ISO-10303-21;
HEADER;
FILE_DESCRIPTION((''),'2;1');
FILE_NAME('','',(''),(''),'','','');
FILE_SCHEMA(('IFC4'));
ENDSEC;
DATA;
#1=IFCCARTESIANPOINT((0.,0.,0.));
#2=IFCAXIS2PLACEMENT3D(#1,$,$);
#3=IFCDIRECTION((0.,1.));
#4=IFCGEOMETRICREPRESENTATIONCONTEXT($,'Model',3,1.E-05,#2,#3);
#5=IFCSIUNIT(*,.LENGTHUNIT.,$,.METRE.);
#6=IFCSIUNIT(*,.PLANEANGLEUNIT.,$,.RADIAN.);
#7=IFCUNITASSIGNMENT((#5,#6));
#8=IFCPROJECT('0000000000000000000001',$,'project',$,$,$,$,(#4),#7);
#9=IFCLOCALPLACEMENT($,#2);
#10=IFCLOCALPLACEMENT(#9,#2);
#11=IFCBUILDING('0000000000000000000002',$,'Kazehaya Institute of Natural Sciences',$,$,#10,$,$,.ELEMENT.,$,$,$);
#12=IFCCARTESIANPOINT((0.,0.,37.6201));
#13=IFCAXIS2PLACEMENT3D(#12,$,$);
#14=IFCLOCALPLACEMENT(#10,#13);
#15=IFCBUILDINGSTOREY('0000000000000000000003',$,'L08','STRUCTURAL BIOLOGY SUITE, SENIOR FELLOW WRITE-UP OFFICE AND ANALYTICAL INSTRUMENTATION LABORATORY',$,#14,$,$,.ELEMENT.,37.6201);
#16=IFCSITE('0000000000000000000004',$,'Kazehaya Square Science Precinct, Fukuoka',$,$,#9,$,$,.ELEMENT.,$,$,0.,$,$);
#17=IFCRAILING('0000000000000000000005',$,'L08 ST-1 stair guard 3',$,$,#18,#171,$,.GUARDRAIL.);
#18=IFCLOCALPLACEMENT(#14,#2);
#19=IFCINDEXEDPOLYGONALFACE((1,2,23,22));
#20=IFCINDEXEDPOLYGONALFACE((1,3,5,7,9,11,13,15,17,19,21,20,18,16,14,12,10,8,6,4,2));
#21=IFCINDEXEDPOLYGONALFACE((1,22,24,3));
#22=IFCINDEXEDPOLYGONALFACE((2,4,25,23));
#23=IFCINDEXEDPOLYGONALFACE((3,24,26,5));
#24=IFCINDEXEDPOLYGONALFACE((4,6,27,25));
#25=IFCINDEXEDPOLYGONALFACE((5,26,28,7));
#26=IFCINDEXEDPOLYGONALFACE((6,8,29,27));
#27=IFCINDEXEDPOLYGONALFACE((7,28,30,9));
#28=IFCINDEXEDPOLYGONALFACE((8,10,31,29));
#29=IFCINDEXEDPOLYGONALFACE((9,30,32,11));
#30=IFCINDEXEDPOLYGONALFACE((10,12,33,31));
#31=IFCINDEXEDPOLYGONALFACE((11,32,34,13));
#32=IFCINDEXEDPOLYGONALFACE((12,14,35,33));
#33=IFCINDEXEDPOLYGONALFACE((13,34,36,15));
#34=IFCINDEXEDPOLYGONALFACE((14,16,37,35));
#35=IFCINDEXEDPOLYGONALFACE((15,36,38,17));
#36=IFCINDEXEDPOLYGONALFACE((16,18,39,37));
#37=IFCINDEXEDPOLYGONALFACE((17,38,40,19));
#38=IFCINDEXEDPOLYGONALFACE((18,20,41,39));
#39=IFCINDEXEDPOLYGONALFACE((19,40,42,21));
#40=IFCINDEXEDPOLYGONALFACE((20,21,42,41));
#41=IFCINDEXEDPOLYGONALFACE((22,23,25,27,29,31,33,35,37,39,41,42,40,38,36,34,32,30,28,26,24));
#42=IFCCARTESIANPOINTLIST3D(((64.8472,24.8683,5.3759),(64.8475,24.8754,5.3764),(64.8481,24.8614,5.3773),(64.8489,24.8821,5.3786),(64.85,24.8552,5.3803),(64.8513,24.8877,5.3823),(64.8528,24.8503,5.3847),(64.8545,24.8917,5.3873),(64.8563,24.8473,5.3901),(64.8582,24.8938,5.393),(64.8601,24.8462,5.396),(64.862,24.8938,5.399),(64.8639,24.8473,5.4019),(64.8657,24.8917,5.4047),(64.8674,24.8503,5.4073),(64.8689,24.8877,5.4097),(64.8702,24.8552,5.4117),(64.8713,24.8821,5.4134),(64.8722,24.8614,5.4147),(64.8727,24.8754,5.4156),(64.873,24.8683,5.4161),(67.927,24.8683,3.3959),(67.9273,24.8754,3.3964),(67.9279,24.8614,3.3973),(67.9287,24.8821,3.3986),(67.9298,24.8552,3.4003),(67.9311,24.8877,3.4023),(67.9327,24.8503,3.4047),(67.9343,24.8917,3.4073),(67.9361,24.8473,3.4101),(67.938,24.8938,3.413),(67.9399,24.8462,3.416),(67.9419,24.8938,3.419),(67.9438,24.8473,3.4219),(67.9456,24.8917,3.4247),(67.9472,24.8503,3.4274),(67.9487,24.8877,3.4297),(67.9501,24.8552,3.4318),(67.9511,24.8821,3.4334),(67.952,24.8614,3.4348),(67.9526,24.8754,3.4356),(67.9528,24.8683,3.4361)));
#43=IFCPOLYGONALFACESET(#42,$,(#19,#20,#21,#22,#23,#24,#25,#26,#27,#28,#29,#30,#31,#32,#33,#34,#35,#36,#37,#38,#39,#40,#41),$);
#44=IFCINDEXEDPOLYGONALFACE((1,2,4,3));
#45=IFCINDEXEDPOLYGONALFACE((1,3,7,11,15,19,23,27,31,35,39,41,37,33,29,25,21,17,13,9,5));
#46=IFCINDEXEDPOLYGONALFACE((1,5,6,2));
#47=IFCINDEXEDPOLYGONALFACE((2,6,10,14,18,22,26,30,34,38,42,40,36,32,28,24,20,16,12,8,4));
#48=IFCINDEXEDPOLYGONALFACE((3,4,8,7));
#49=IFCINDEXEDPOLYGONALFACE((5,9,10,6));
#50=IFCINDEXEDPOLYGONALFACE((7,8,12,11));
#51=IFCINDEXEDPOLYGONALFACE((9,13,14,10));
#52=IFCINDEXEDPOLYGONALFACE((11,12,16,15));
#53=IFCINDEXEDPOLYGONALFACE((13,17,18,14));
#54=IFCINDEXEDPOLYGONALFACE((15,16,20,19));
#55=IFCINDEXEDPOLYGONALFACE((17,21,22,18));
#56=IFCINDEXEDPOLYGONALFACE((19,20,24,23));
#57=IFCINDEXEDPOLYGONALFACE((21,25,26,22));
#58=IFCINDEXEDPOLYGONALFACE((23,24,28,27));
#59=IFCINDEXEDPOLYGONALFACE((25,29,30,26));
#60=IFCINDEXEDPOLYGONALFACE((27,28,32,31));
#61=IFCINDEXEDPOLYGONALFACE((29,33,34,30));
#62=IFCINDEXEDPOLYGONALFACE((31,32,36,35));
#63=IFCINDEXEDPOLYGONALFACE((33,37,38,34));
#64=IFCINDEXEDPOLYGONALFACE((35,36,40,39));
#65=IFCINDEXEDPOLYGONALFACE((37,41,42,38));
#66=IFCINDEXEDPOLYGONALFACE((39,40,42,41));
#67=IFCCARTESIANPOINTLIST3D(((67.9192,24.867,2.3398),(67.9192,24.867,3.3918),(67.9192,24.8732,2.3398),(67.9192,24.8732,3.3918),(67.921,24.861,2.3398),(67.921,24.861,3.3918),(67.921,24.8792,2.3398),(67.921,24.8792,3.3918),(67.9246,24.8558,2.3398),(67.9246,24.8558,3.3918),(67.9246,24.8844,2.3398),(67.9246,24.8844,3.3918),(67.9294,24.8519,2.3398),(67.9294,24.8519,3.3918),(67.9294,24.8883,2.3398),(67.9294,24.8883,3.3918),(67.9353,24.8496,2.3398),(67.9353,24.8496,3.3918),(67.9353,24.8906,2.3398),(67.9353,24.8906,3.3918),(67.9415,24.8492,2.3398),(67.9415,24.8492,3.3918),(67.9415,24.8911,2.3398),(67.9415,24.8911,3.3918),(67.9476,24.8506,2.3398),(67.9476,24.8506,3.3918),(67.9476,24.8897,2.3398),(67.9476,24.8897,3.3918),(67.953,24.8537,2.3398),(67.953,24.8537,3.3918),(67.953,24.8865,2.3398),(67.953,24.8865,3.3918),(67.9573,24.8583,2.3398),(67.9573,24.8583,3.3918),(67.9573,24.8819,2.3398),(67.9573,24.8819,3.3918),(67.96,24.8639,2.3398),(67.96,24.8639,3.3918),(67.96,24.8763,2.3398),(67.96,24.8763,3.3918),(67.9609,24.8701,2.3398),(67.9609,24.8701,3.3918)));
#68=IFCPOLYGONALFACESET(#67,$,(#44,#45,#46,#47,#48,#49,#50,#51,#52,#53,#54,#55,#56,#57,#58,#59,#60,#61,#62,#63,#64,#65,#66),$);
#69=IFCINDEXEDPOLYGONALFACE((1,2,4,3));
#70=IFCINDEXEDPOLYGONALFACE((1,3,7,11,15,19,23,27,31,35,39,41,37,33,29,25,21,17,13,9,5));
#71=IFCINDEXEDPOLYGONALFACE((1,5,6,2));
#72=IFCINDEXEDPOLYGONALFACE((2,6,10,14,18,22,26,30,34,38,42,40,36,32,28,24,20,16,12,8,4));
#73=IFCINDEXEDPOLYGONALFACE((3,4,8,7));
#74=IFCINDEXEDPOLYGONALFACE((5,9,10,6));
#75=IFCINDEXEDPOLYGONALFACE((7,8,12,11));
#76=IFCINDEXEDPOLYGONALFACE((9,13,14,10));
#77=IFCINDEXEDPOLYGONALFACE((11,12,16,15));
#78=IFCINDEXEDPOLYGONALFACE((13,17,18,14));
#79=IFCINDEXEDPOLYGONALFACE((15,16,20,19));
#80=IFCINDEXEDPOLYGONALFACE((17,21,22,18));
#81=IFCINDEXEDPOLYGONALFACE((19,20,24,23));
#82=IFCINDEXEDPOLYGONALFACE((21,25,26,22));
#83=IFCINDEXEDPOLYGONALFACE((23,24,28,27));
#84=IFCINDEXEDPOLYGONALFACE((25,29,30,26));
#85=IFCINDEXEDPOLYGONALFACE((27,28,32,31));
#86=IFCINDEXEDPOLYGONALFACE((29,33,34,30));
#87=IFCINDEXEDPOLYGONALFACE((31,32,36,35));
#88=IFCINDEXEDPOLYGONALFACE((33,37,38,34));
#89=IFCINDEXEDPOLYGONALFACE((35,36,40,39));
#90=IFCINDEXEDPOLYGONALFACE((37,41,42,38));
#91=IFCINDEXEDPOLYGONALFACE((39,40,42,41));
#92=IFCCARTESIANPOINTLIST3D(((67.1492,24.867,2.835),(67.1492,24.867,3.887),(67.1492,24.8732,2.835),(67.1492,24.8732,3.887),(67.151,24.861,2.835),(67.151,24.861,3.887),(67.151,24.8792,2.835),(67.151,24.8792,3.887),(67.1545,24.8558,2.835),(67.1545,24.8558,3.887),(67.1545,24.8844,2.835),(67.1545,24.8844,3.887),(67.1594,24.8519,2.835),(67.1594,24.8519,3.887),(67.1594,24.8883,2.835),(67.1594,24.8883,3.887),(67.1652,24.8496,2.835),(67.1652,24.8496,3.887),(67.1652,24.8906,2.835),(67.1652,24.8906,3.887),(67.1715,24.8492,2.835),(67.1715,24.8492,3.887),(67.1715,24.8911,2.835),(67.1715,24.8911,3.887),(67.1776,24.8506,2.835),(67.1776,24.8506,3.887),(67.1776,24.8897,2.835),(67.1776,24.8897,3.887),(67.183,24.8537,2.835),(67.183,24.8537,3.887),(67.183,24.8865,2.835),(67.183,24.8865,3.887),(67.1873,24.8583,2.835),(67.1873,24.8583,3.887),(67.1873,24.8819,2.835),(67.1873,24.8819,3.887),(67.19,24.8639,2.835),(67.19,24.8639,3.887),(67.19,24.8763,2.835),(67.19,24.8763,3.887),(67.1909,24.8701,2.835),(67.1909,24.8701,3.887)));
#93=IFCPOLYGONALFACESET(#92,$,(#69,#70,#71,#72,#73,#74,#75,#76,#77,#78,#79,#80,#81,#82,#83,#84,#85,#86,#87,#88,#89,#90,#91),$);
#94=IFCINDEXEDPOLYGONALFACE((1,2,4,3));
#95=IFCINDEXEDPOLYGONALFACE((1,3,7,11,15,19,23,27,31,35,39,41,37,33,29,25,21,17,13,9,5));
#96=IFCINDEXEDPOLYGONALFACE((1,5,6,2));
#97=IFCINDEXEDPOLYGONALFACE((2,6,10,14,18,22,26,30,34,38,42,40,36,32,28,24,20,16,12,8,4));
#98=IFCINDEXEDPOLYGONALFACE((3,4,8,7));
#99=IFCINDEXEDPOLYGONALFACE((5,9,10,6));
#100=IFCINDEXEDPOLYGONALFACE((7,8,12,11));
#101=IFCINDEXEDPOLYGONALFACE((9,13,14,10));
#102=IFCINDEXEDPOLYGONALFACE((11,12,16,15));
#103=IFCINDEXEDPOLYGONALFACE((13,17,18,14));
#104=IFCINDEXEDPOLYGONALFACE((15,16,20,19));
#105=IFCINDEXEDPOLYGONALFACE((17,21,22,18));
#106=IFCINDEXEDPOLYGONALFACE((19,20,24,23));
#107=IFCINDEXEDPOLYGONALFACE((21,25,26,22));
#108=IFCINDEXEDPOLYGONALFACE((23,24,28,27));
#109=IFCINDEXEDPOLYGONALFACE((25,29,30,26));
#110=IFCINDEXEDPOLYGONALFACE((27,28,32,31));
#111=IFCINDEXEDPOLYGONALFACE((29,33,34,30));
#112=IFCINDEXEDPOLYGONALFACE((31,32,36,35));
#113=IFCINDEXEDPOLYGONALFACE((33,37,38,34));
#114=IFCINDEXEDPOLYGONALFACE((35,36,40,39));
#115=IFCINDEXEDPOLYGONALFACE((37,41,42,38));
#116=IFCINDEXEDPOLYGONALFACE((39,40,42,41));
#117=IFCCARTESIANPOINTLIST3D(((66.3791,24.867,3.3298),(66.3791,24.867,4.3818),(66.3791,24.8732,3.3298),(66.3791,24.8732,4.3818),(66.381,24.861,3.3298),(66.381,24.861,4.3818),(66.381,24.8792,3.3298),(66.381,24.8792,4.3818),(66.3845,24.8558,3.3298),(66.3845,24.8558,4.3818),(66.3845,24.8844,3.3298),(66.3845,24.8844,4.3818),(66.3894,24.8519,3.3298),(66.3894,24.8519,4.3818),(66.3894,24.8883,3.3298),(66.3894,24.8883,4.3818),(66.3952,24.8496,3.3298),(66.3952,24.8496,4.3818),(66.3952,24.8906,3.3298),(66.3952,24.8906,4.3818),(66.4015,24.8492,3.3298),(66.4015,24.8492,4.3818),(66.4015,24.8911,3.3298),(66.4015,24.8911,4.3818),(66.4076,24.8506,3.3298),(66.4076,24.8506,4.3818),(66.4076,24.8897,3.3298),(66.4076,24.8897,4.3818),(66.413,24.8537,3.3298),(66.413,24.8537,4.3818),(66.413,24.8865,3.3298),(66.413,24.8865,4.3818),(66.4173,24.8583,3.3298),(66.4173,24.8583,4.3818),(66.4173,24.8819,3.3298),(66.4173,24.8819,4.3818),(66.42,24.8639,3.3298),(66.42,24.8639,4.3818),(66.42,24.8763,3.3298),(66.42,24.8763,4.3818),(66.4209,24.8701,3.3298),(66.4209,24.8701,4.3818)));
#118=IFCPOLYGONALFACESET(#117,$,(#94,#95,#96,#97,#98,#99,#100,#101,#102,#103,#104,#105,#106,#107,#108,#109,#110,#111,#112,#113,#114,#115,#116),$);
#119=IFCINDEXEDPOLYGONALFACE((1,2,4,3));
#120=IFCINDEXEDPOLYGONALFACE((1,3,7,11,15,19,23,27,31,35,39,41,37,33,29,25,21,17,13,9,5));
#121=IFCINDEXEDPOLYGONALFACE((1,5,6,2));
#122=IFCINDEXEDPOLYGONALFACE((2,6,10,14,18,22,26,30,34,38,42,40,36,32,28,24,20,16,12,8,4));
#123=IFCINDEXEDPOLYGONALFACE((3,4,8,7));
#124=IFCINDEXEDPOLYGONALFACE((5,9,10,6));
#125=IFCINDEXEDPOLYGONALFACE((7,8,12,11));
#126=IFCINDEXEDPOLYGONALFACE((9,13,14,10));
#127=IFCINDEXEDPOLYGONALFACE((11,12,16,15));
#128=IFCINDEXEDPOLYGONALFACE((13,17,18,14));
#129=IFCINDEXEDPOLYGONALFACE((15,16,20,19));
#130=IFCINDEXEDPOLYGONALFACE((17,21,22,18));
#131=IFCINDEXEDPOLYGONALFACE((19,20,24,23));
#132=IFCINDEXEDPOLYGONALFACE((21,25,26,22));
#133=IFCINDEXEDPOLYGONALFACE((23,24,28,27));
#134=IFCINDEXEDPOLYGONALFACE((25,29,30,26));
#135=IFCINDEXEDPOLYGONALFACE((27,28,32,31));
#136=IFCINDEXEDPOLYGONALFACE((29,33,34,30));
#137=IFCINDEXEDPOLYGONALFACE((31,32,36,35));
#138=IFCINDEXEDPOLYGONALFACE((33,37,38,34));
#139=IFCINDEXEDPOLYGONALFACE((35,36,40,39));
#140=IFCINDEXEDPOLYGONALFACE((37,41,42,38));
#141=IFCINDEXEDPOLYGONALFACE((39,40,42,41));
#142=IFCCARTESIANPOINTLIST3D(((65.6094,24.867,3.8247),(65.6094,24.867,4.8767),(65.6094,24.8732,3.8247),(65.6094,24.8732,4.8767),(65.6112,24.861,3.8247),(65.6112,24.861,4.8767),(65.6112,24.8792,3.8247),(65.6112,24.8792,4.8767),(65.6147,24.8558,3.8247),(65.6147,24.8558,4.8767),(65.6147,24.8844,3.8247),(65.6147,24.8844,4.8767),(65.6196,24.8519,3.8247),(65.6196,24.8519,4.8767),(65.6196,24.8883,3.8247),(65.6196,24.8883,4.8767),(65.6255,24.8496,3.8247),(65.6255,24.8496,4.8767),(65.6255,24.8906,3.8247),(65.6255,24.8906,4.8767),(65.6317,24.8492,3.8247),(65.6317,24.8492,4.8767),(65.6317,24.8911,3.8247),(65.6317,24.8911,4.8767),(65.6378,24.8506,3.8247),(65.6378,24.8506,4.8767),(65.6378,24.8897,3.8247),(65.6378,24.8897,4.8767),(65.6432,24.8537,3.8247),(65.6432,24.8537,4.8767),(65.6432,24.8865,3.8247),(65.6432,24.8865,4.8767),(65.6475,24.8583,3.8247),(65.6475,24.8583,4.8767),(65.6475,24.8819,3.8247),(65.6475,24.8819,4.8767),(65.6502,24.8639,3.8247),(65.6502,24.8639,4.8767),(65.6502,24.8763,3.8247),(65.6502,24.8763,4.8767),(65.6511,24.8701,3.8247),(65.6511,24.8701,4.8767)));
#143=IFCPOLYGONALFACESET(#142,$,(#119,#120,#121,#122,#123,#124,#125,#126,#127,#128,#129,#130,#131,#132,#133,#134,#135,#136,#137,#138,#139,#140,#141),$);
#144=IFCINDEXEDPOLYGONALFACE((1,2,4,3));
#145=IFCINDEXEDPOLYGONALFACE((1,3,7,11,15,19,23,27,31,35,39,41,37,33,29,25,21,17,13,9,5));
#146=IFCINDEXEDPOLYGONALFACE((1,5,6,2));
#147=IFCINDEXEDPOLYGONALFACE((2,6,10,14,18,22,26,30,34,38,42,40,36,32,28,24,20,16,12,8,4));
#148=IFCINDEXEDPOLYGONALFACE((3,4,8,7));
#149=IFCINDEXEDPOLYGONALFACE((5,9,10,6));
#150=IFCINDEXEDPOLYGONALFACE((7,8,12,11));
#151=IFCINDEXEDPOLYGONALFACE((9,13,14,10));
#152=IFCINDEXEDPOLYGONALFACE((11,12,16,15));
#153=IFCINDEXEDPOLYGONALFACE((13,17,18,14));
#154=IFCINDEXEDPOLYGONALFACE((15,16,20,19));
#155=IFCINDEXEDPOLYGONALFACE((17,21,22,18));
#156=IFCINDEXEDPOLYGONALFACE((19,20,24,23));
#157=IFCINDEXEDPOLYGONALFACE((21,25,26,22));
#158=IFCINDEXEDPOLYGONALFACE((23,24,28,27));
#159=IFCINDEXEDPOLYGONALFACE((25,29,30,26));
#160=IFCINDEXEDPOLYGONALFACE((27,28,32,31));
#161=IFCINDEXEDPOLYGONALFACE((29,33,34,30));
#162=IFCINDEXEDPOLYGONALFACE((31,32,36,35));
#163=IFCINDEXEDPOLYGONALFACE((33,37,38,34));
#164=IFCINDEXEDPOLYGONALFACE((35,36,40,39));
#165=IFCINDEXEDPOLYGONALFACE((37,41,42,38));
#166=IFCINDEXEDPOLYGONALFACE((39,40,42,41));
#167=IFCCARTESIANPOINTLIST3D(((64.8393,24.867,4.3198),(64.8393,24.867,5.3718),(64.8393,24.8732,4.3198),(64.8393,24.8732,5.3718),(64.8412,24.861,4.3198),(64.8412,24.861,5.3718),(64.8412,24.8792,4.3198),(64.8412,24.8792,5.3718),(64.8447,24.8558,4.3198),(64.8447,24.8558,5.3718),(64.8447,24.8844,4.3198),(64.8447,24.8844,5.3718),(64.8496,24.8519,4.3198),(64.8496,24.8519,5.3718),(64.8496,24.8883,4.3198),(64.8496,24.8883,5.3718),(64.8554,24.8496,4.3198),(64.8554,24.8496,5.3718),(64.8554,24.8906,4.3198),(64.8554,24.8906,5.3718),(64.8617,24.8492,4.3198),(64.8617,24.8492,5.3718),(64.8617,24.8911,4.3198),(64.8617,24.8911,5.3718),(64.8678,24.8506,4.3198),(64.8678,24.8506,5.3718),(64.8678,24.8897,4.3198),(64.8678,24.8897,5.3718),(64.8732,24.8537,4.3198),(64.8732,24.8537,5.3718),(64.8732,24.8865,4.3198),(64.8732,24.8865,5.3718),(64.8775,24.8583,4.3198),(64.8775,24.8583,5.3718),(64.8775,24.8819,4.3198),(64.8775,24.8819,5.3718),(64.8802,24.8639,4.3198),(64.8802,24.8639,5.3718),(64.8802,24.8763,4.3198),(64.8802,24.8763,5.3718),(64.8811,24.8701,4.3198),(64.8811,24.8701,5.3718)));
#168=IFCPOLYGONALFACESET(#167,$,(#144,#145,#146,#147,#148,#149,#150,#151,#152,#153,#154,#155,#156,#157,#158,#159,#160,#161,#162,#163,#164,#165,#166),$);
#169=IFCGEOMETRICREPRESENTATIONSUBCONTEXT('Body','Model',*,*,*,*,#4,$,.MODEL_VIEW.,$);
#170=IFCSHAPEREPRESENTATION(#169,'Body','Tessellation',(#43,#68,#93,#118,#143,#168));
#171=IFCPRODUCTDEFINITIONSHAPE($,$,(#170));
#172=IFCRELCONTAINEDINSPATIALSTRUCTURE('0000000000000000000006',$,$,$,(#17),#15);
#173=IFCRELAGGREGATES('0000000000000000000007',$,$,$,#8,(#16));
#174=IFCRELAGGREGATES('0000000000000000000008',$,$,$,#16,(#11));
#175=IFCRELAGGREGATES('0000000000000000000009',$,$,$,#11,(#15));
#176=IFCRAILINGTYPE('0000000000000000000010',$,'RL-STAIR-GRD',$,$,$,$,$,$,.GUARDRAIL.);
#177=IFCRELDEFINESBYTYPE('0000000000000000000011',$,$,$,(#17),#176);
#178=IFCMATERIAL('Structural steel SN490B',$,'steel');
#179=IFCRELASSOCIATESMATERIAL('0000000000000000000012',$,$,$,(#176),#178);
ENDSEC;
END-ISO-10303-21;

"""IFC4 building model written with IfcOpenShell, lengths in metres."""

from ifc_helpers import new_model, si_unit, direction, frame, origin, origin_2d, place, context, subcontext, project, spatial, circle, extrude, material, type_object, element, save


model = new_model("IFC4")

# Units and contexts
model_context = context("Model", 3, precision=1e-05, world=origin(), true_north=direction((0.0, 1.0)))
body_context = subcontext(model_context, "Body", "Model", "MODEL_VIEW")
ifc_project = project(units=[si_unit("LENGTHUNIT", "METRE"), si_unit("PLANEANGLEUNIT", "RADIAN")], contexts=[model_context])

# Site, building, storey
site_placement = place(None, origin())
site = spatial("IfcSite", under=ifc_project, at=site_placement, Name="Kazehaya Square Science Precinct, Fukuoka", CompositionType="ELEMENT", RefElevation=0.0)
building_placement = place(site_placement, origin())
building = spatial("IfcBuilding", under=site, at=building_placement, Name="Kazehaya Institute of Natural Sciences", CompositionType="ELEMENT")
storey_placement = place(building_placement, frame((0.0, 0.0, 37.6201)))
storey = spatial("IfcBuildingStorey", under=building, at=storey_placement, Name="L08", Description="STRUCTURAL BIOLOGY SUITE, SENIOR FELLOW WRITE-UP OFFICE AND ANALYTICAL INSTRUMENTATION LABORATORY", CompositionType="ELEMENT", Elevation=37.6201)

# Railing
ifc_material_1 = material(Name="Structural steel SN490B", Category="steel")
railing_type_1 = type_object("IfcRailingType", Name="RL-STAIR-GRD", PredefinedType="GUARDRAIL", material=ifc_material_1)
railing_1_placement = place(storey_placement, frame((67.9399, 24.8701, 2.3398)))
element("IfcRailing", 1, at=railing_1_placement, inside=storey, type_object=railing_type_1, Name="L08 ST-1 stair guard 3", PredefinedType="GUARDRAIL", context=body_context, shape_type="SweptSolid", body=[
    extrude(circle(Radius=0.0239, at=origin_2d()), frame((0.0, 0.0, 1.0762), z_axis=(-0.841168, 0.0, 0.540774), x_axis=(0.0, -1.0, 0.0)), (0.0, 0.0, 1.0), 3.6614),
    extrude(circle(Radius=0.021, at=origin_2d()), origin(), (0.0, 0.0, 1.0), 1.052),
    extrude(circle(Radius=0.021, at=origin_2d()), frame((-0.77, 0.0, 0.4951)), (0.0, 0.0, 1.0), 1.052),
    extrude(circle(Radius=0.021, at=origin_2d()), frame((-1.54, 0.0, 0.99)), (0.0, 0.0, 1.0), 1.052),
    extrude(circle(Radius=0.021, at=origin_2d()), frame((-2.3098, 0.0, 1.4849)), (0.0, 0.0, 1.0), 1.052),
    extrude(circle(Radius=0.021, at=origin_2d()), frame((-3.0798, 0.0, 1.98)), (0.0, 0.0, 1.0), 1.052),
])

save(model, "model.ifc")
